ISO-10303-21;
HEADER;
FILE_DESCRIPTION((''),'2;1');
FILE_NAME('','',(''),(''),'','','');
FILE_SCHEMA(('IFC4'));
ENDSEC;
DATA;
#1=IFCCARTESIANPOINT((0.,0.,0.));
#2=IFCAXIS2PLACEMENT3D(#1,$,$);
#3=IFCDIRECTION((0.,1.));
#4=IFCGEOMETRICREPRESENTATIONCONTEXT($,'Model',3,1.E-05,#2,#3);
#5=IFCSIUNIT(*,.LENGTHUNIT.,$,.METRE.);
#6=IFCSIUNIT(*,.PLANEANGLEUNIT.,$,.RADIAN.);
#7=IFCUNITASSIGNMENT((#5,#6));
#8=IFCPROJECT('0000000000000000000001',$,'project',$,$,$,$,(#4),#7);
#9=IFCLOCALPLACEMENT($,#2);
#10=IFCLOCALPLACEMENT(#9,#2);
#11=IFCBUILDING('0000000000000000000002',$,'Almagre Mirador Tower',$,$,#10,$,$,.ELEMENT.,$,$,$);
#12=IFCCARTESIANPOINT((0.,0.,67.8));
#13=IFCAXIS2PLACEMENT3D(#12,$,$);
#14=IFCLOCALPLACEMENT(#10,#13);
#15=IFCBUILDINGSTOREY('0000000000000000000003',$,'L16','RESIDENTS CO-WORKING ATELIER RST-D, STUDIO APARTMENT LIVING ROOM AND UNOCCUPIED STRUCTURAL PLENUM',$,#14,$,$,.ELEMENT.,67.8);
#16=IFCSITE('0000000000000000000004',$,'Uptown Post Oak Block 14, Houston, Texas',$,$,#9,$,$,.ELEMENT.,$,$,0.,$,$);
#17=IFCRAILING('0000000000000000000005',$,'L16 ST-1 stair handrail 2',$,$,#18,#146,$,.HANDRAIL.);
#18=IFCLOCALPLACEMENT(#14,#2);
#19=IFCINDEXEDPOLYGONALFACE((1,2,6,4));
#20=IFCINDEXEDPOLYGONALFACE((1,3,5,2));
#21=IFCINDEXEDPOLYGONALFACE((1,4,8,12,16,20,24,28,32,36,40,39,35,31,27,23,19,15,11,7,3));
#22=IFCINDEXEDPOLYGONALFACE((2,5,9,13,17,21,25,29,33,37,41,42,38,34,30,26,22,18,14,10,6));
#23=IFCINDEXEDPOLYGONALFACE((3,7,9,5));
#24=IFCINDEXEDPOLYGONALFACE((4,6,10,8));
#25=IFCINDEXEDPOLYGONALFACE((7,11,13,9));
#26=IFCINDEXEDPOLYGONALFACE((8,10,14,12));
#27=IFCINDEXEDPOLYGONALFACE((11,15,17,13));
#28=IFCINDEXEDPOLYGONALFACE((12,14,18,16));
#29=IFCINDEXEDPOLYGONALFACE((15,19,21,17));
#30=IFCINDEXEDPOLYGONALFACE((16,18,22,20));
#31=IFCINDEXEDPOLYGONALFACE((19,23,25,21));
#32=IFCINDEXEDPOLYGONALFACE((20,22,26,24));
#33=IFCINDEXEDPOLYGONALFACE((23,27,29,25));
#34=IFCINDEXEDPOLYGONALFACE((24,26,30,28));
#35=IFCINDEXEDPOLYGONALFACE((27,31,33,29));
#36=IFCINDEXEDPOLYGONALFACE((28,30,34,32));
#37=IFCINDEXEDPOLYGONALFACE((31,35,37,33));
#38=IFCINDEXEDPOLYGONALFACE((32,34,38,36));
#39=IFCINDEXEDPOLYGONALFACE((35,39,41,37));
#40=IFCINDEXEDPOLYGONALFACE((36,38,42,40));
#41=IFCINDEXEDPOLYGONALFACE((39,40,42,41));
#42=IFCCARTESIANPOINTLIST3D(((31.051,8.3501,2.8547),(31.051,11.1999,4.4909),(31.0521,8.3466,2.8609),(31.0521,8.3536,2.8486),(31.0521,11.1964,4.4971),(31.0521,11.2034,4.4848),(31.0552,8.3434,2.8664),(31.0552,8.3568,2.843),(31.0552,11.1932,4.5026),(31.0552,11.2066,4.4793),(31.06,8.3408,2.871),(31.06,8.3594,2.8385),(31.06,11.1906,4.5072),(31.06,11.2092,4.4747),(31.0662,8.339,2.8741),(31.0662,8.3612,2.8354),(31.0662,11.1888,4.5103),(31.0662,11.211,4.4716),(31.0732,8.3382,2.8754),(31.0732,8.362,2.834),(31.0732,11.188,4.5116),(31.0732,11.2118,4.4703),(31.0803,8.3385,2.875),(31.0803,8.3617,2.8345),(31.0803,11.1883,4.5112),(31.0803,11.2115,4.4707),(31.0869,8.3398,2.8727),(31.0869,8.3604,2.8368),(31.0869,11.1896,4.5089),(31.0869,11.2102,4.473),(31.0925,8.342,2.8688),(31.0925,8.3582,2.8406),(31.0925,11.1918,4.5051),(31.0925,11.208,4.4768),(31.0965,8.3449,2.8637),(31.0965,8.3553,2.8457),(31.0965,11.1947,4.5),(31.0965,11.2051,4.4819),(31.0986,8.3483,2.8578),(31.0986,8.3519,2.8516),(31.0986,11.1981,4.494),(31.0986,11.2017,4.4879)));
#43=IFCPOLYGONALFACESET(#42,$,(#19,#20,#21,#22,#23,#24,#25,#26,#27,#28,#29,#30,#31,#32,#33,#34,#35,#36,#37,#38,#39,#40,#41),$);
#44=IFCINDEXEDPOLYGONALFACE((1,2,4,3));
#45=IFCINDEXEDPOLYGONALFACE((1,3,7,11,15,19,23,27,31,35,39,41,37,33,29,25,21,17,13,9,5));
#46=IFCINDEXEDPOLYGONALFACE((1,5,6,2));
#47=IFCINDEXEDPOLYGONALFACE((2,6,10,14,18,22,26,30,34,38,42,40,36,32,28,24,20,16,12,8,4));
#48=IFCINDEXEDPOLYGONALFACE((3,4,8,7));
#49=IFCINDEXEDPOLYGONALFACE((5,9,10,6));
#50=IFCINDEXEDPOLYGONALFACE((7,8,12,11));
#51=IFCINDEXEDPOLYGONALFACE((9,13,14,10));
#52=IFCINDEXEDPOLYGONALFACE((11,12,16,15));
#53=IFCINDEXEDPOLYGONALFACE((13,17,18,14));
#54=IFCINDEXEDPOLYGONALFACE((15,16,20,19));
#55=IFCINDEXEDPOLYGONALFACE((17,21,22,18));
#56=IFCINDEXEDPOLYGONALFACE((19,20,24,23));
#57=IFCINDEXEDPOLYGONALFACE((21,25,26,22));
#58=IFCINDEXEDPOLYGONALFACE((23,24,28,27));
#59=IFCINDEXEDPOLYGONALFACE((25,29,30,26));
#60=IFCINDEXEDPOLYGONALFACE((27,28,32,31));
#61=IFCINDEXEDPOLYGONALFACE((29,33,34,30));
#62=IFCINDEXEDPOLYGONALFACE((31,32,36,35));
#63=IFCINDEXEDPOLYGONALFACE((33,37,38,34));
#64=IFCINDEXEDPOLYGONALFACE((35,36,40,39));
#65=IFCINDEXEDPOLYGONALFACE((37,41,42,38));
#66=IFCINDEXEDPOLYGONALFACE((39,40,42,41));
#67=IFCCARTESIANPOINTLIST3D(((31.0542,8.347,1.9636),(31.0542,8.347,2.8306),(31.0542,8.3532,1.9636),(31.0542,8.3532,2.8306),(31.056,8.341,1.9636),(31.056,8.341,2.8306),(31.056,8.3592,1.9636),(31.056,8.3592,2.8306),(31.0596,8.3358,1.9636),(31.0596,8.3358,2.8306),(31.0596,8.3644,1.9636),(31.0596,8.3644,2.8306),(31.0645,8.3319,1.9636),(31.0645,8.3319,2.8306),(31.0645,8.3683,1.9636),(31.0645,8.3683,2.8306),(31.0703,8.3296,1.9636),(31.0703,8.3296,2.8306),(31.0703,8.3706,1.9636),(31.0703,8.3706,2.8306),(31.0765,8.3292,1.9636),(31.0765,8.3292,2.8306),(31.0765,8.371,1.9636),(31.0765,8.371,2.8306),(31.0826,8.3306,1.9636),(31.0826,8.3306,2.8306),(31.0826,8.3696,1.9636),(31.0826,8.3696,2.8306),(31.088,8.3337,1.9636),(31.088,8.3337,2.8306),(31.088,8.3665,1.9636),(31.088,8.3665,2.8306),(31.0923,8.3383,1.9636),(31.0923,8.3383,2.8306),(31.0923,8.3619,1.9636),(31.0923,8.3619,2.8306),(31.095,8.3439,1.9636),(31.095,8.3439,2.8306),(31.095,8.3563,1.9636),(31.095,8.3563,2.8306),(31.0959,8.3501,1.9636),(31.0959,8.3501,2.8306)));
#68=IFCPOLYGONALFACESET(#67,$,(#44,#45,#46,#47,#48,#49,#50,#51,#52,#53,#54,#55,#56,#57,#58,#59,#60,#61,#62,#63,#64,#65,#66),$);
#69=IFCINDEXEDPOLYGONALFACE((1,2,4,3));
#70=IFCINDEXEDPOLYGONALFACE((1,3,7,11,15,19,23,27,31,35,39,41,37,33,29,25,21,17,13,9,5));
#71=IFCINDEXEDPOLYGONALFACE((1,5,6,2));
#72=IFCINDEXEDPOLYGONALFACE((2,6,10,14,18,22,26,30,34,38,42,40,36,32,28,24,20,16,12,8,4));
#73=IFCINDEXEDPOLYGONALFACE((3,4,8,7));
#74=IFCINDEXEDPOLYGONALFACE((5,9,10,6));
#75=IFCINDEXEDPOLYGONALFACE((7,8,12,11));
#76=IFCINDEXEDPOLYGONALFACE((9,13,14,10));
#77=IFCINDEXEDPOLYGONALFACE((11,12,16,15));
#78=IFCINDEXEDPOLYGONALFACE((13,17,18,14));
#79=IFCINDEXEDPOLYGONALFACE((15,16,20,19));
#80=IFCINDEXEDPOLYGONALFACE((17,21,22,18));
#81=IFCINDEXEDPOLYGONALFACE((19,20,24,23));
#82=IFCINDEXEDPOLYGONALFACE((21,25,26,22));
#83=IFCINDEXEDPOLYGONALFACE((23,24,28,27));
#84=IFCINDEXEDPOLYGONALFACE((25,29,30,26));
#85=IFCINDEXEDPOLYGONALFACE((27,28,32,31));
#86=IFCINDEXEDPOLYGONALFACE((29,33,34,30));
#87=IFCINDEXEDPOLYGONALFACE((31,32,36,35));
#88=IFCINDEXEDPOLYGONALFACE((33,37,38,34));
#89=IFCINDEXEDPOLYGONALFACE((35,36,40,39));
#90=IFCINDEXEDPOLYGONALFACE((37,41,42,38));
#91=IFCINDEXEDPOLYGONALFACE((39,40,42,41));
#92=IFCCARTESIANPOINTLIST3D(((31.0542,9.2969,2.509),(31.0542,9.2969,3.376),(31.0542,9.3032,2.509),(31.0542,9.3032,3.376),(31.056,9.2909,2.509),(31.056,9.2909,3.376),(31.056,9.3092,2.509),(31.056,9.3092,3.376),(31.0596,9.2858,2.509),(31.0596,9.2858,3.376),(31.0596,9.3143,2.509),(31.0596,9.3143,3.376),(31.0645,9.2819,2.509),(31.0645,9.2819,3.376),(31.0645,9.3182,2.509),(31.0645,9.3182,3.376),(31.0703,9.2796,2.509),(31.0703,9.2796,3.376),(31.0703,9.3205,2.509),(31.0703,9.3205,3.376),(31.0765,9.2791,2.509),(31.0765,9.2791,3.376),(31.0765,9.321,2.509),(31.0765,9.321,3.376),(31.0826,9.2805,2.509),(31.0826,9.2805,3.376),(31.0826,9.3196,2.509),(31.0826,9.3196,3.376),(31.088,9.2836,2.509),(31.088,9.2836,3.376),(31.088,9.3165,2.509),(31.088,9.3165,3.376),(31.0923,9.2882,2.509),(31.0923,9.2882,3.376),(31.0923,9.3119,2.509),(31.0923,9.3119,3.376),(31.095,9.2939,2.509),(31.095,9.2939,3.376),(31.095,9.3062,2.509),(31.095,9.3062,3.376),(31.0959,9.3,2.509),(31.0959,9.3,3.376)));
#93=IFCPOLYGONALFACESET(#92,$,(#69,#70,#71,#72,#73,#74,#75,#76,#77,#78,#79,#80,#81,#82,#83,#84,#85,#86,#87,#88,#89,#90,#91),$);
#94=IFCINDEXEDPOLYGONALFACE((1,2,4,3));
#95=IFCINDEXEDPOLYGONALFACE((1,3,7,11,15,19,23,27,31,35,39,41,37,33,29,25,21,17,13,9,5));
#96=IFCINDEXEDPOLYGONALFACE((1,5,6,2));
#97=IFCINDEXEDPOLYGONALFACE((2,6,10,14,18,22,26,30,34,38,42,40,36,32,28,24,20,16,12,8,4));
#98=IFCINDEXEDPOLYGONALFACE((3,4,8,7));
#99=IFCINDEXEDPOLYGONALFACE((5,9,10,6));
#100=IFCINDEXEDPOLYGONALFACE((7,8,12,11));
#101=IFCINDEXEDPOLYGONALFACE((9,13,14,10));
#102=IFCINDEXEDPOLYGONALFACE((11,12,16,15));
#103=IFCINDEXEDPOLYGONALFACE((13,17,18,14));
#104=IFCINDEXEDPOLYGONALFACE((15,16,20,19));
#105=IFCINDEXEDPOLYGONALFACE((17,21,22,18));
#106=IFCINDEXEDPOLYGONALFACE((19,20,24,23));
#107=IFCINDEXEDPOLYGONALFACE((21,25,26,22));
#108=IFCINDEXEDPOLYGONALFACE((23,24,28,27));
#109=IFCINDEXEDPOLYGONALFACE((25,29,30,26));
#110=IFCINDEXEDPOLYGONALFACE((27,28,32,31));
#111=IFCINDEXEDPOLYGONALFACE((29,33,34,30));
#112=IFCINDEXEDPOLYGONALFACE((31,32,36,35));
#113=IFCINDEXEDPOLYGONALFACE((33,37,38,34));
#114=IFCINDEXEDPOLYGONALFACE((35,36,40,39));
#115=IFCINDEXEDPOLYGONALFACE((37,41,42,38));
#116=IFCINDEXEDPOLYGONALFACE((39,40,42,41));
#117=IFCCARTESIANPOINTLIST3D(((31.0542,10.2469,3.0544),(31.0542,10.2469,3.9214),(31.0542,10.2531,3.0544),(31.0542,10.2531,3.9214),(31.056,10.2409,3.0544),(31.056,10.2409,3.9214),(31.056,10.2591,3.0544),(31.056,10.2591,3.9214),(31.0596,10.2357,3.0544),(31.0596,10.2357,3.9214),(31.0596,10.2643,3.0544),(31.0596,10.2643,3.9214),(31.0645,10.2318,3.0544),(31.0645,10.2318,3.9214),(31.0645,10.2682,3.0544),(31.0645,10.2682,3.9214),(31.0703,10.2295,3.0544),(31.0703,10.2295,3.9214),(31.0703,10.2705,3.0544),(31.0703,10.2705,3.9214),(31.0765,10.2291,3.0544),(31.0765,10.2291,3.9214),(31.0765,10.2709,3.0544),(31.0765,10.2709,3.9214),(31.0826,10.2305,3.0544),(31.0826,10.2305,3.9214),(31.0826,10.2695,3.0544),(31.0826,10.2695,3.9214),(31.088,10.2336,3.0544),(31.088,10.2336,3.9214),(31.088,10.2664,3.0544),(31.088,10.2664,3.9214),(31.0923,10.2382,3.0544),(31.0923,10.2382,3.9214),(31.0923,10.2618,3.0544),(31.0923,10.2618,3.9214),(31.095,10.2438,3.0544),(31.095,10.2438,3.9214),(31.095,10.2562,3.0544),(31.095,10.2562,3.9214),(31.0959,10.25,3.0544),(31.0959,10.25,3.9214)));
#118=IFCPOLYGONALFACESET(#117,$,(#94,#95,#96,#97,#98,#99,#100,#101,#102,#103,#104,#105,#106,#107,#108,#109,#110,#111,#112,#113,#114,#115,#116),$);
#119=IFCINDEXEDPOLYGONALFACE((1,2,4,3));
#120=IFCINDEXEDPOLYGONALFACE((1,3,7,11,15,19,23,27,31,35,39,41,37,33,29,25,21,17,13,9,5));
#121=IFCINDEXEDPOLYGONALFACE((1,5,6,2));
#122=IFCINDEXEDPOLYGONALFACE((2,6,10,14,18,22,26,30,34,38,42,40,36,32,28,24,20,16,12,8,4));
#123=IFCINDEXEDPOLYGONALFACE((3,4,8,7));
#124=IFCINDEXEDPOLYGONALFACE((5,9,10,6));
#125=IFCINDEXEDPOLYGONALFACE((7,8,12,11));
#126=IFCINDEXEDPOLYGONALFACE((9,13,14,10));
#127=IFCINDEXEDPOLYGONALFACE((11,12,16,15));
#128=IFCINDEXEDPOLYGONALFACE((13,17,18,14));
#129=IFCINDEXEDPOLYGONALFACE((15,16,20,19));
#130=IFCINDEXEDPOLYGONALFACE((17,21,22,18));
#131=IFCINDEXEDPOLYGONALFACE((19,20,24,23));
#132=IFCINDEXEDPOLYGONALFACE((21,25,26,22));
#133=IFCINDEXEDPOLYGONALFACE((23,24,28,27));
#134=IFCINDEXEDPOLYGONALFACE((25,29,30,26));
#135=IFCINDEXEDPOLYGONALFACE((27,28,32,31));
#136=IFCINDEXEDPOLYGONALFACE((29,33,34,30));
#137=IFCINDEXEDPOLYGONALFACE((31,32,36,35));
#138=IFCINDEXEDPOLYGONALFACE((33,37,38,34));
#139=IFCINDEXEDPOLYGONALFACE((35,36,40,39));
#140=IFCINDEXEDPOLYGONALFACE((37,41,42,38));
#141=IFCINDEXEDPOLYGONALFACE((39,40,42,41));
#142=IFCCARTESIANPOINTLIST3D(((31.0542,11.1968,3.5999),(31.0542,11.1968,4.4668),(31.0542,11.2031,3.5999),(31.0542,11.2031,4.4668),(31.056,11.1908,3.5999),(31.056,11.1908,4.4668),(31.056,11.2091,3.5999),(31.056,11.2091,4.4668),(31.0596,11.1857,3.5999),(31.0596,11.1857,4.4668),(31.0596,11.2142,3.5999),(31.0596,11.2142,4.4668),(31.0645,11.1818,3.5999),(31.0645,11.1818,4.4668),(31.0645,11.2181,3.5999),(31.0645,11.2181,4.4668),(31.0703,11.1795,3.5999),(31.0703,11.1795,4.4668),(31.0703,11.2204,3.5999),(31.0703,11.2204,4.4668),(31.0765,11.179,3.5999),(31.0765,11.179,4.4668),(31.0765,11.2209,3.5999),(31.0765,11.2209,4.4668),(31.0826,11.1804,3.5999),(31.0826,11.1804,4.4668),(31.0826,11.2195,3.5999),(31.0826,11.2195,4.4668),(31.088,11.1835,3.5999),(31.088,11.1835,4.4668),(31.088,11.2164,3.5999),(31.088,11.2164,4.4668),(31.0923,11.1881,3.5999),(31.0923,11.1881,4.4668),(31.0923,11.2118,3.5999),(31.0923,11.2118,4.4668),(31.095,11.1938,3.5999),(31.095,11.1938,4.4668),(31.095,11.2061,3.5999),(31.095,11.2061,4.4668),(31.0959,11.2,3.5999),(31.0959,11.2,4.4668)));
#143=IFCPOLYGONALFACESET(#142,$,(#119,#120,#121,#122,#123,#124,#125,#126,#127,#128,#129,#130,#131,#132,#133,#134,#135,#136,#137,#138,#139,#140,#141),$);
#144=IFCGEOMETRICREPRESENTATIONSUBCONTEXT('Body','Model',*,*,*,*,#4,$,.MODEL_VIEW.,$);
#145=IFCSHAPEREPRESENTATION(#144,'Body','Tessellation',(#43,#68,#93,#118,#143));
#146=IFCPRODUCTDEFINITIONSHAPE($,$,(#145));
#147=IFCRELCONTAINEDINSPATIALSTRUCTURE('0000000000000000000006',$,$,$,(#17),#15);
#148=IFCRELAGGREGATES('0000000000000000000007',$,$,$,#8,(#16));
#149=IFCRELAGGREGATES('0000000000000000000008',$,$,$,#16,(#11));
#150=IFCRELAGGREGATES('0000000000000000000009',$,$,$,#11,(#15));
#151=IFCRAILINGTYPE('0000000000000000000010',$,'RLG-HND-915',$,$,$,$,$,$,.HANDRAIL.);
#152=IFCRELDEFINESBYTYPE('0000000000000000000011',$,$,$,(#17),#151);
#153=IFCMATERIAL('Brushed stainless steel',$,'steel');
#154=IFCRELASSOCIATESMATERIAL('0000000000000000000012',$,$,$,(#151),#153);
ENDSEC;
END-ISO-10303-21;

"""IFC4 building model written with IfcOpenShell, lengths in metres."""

from ifc_helpers import new_model, si_unit, direction, frame, origin, origin_2d, place, context, subcontext, project, spatial, circle, extrude, material, type_object, element, save


model = new_model("IFC4")

# Units and contexts
model_context = context("Model", 3, precision=1e-05, world=origin(), true_north=direction((0.0, 1.0)))
body_context = subcontext(model_context, "Body", "Model", "MODEL_VIEW")
ifc_project = project(units=[si_unit("LENGTHUNIT", "METRE"), si_unit("PLANEANGLEUNIT", "RADIAN")], contexts=[model_context])

# Site, building, storey
site_placement = place(None, origin())
site = spatial("IfcSite", under=ifc_project, at=site_placement, Name="Uptown Post Oak Block 14, Houston, Texas", CompositionType="ELEMENT", RefElevation=0.0)
building_placement = place(site_placement, origin())
building = spatial("IfcBuilding", under=site, at=building_placement, Name="Almagre Mirador Tower", CompositionType="ELEMENT")
storey_placement = place(building_placement, frame((0.0, 0.0, 67.8)))
storey = spatial("IfcBuildingStorey", under=building, at=storey_placement, Name="L16", Description="RESIDENTS CO-WORKING ATELIER RST-D, STUDIO APARTMENT LIVING ROOM AND UNOCCUPIED STRUCTURAL PLENUM", CompositionType="ELEMENT", Elevation=67.8)

# Railing
ifc_material_1 = material(Name="Brushed stainless steel", Category="steel")
railing_type_1 = type_object("IfcRailingType", Name="RLG-HND-915", PredefinedType="HANDRAIL", material=ifc_material_1)
railing_1_placement = place(storey_placement, frame((31.075, 8.3501, 1.9636)))
element("IfcRailing", 1, at=railing_1_placement, inside=storey, type_object=railing_type_1, Name="L16 ST-1 stair handrail 2", PredefinedType="HANDRAIL", context=body_context, shape_type="SweptSolid", body=[
    extrude(circle(Radius=0.0239, at=origin_2d()), frame((0.0, 0.0, 0.8911), z_axis=(0.0, 0.867226, 0.497914), x_axis=(-1.0, 0.0, 0.0)), (0.0, 0.0, 1.0), 3.2861),
    extrude(circle(Radius=0.021, at=origin_2d()), origin(), (0.0, 0.0, 1.0), 0.8669),
    extrude(circle(Radius=0.021, at=origin_2d()), frame((0.0, 0.95, 0.5454)), (0.0, 0.0, 1.0), 0.8669),
    extrude(circle(Radius=0.021, at=origin_2d()), frame((0.0, 1.8999, 1.0908)), (0.0, 0.0, 1.0), 0.8669),
    extrude(circle(Radius=0.021, at=origin_2d()), frame((0.0, 2.8499, 1.6362)), (0.0, 0.0, 1.0), 0.8669),
])

save(model, "model.ifc")
